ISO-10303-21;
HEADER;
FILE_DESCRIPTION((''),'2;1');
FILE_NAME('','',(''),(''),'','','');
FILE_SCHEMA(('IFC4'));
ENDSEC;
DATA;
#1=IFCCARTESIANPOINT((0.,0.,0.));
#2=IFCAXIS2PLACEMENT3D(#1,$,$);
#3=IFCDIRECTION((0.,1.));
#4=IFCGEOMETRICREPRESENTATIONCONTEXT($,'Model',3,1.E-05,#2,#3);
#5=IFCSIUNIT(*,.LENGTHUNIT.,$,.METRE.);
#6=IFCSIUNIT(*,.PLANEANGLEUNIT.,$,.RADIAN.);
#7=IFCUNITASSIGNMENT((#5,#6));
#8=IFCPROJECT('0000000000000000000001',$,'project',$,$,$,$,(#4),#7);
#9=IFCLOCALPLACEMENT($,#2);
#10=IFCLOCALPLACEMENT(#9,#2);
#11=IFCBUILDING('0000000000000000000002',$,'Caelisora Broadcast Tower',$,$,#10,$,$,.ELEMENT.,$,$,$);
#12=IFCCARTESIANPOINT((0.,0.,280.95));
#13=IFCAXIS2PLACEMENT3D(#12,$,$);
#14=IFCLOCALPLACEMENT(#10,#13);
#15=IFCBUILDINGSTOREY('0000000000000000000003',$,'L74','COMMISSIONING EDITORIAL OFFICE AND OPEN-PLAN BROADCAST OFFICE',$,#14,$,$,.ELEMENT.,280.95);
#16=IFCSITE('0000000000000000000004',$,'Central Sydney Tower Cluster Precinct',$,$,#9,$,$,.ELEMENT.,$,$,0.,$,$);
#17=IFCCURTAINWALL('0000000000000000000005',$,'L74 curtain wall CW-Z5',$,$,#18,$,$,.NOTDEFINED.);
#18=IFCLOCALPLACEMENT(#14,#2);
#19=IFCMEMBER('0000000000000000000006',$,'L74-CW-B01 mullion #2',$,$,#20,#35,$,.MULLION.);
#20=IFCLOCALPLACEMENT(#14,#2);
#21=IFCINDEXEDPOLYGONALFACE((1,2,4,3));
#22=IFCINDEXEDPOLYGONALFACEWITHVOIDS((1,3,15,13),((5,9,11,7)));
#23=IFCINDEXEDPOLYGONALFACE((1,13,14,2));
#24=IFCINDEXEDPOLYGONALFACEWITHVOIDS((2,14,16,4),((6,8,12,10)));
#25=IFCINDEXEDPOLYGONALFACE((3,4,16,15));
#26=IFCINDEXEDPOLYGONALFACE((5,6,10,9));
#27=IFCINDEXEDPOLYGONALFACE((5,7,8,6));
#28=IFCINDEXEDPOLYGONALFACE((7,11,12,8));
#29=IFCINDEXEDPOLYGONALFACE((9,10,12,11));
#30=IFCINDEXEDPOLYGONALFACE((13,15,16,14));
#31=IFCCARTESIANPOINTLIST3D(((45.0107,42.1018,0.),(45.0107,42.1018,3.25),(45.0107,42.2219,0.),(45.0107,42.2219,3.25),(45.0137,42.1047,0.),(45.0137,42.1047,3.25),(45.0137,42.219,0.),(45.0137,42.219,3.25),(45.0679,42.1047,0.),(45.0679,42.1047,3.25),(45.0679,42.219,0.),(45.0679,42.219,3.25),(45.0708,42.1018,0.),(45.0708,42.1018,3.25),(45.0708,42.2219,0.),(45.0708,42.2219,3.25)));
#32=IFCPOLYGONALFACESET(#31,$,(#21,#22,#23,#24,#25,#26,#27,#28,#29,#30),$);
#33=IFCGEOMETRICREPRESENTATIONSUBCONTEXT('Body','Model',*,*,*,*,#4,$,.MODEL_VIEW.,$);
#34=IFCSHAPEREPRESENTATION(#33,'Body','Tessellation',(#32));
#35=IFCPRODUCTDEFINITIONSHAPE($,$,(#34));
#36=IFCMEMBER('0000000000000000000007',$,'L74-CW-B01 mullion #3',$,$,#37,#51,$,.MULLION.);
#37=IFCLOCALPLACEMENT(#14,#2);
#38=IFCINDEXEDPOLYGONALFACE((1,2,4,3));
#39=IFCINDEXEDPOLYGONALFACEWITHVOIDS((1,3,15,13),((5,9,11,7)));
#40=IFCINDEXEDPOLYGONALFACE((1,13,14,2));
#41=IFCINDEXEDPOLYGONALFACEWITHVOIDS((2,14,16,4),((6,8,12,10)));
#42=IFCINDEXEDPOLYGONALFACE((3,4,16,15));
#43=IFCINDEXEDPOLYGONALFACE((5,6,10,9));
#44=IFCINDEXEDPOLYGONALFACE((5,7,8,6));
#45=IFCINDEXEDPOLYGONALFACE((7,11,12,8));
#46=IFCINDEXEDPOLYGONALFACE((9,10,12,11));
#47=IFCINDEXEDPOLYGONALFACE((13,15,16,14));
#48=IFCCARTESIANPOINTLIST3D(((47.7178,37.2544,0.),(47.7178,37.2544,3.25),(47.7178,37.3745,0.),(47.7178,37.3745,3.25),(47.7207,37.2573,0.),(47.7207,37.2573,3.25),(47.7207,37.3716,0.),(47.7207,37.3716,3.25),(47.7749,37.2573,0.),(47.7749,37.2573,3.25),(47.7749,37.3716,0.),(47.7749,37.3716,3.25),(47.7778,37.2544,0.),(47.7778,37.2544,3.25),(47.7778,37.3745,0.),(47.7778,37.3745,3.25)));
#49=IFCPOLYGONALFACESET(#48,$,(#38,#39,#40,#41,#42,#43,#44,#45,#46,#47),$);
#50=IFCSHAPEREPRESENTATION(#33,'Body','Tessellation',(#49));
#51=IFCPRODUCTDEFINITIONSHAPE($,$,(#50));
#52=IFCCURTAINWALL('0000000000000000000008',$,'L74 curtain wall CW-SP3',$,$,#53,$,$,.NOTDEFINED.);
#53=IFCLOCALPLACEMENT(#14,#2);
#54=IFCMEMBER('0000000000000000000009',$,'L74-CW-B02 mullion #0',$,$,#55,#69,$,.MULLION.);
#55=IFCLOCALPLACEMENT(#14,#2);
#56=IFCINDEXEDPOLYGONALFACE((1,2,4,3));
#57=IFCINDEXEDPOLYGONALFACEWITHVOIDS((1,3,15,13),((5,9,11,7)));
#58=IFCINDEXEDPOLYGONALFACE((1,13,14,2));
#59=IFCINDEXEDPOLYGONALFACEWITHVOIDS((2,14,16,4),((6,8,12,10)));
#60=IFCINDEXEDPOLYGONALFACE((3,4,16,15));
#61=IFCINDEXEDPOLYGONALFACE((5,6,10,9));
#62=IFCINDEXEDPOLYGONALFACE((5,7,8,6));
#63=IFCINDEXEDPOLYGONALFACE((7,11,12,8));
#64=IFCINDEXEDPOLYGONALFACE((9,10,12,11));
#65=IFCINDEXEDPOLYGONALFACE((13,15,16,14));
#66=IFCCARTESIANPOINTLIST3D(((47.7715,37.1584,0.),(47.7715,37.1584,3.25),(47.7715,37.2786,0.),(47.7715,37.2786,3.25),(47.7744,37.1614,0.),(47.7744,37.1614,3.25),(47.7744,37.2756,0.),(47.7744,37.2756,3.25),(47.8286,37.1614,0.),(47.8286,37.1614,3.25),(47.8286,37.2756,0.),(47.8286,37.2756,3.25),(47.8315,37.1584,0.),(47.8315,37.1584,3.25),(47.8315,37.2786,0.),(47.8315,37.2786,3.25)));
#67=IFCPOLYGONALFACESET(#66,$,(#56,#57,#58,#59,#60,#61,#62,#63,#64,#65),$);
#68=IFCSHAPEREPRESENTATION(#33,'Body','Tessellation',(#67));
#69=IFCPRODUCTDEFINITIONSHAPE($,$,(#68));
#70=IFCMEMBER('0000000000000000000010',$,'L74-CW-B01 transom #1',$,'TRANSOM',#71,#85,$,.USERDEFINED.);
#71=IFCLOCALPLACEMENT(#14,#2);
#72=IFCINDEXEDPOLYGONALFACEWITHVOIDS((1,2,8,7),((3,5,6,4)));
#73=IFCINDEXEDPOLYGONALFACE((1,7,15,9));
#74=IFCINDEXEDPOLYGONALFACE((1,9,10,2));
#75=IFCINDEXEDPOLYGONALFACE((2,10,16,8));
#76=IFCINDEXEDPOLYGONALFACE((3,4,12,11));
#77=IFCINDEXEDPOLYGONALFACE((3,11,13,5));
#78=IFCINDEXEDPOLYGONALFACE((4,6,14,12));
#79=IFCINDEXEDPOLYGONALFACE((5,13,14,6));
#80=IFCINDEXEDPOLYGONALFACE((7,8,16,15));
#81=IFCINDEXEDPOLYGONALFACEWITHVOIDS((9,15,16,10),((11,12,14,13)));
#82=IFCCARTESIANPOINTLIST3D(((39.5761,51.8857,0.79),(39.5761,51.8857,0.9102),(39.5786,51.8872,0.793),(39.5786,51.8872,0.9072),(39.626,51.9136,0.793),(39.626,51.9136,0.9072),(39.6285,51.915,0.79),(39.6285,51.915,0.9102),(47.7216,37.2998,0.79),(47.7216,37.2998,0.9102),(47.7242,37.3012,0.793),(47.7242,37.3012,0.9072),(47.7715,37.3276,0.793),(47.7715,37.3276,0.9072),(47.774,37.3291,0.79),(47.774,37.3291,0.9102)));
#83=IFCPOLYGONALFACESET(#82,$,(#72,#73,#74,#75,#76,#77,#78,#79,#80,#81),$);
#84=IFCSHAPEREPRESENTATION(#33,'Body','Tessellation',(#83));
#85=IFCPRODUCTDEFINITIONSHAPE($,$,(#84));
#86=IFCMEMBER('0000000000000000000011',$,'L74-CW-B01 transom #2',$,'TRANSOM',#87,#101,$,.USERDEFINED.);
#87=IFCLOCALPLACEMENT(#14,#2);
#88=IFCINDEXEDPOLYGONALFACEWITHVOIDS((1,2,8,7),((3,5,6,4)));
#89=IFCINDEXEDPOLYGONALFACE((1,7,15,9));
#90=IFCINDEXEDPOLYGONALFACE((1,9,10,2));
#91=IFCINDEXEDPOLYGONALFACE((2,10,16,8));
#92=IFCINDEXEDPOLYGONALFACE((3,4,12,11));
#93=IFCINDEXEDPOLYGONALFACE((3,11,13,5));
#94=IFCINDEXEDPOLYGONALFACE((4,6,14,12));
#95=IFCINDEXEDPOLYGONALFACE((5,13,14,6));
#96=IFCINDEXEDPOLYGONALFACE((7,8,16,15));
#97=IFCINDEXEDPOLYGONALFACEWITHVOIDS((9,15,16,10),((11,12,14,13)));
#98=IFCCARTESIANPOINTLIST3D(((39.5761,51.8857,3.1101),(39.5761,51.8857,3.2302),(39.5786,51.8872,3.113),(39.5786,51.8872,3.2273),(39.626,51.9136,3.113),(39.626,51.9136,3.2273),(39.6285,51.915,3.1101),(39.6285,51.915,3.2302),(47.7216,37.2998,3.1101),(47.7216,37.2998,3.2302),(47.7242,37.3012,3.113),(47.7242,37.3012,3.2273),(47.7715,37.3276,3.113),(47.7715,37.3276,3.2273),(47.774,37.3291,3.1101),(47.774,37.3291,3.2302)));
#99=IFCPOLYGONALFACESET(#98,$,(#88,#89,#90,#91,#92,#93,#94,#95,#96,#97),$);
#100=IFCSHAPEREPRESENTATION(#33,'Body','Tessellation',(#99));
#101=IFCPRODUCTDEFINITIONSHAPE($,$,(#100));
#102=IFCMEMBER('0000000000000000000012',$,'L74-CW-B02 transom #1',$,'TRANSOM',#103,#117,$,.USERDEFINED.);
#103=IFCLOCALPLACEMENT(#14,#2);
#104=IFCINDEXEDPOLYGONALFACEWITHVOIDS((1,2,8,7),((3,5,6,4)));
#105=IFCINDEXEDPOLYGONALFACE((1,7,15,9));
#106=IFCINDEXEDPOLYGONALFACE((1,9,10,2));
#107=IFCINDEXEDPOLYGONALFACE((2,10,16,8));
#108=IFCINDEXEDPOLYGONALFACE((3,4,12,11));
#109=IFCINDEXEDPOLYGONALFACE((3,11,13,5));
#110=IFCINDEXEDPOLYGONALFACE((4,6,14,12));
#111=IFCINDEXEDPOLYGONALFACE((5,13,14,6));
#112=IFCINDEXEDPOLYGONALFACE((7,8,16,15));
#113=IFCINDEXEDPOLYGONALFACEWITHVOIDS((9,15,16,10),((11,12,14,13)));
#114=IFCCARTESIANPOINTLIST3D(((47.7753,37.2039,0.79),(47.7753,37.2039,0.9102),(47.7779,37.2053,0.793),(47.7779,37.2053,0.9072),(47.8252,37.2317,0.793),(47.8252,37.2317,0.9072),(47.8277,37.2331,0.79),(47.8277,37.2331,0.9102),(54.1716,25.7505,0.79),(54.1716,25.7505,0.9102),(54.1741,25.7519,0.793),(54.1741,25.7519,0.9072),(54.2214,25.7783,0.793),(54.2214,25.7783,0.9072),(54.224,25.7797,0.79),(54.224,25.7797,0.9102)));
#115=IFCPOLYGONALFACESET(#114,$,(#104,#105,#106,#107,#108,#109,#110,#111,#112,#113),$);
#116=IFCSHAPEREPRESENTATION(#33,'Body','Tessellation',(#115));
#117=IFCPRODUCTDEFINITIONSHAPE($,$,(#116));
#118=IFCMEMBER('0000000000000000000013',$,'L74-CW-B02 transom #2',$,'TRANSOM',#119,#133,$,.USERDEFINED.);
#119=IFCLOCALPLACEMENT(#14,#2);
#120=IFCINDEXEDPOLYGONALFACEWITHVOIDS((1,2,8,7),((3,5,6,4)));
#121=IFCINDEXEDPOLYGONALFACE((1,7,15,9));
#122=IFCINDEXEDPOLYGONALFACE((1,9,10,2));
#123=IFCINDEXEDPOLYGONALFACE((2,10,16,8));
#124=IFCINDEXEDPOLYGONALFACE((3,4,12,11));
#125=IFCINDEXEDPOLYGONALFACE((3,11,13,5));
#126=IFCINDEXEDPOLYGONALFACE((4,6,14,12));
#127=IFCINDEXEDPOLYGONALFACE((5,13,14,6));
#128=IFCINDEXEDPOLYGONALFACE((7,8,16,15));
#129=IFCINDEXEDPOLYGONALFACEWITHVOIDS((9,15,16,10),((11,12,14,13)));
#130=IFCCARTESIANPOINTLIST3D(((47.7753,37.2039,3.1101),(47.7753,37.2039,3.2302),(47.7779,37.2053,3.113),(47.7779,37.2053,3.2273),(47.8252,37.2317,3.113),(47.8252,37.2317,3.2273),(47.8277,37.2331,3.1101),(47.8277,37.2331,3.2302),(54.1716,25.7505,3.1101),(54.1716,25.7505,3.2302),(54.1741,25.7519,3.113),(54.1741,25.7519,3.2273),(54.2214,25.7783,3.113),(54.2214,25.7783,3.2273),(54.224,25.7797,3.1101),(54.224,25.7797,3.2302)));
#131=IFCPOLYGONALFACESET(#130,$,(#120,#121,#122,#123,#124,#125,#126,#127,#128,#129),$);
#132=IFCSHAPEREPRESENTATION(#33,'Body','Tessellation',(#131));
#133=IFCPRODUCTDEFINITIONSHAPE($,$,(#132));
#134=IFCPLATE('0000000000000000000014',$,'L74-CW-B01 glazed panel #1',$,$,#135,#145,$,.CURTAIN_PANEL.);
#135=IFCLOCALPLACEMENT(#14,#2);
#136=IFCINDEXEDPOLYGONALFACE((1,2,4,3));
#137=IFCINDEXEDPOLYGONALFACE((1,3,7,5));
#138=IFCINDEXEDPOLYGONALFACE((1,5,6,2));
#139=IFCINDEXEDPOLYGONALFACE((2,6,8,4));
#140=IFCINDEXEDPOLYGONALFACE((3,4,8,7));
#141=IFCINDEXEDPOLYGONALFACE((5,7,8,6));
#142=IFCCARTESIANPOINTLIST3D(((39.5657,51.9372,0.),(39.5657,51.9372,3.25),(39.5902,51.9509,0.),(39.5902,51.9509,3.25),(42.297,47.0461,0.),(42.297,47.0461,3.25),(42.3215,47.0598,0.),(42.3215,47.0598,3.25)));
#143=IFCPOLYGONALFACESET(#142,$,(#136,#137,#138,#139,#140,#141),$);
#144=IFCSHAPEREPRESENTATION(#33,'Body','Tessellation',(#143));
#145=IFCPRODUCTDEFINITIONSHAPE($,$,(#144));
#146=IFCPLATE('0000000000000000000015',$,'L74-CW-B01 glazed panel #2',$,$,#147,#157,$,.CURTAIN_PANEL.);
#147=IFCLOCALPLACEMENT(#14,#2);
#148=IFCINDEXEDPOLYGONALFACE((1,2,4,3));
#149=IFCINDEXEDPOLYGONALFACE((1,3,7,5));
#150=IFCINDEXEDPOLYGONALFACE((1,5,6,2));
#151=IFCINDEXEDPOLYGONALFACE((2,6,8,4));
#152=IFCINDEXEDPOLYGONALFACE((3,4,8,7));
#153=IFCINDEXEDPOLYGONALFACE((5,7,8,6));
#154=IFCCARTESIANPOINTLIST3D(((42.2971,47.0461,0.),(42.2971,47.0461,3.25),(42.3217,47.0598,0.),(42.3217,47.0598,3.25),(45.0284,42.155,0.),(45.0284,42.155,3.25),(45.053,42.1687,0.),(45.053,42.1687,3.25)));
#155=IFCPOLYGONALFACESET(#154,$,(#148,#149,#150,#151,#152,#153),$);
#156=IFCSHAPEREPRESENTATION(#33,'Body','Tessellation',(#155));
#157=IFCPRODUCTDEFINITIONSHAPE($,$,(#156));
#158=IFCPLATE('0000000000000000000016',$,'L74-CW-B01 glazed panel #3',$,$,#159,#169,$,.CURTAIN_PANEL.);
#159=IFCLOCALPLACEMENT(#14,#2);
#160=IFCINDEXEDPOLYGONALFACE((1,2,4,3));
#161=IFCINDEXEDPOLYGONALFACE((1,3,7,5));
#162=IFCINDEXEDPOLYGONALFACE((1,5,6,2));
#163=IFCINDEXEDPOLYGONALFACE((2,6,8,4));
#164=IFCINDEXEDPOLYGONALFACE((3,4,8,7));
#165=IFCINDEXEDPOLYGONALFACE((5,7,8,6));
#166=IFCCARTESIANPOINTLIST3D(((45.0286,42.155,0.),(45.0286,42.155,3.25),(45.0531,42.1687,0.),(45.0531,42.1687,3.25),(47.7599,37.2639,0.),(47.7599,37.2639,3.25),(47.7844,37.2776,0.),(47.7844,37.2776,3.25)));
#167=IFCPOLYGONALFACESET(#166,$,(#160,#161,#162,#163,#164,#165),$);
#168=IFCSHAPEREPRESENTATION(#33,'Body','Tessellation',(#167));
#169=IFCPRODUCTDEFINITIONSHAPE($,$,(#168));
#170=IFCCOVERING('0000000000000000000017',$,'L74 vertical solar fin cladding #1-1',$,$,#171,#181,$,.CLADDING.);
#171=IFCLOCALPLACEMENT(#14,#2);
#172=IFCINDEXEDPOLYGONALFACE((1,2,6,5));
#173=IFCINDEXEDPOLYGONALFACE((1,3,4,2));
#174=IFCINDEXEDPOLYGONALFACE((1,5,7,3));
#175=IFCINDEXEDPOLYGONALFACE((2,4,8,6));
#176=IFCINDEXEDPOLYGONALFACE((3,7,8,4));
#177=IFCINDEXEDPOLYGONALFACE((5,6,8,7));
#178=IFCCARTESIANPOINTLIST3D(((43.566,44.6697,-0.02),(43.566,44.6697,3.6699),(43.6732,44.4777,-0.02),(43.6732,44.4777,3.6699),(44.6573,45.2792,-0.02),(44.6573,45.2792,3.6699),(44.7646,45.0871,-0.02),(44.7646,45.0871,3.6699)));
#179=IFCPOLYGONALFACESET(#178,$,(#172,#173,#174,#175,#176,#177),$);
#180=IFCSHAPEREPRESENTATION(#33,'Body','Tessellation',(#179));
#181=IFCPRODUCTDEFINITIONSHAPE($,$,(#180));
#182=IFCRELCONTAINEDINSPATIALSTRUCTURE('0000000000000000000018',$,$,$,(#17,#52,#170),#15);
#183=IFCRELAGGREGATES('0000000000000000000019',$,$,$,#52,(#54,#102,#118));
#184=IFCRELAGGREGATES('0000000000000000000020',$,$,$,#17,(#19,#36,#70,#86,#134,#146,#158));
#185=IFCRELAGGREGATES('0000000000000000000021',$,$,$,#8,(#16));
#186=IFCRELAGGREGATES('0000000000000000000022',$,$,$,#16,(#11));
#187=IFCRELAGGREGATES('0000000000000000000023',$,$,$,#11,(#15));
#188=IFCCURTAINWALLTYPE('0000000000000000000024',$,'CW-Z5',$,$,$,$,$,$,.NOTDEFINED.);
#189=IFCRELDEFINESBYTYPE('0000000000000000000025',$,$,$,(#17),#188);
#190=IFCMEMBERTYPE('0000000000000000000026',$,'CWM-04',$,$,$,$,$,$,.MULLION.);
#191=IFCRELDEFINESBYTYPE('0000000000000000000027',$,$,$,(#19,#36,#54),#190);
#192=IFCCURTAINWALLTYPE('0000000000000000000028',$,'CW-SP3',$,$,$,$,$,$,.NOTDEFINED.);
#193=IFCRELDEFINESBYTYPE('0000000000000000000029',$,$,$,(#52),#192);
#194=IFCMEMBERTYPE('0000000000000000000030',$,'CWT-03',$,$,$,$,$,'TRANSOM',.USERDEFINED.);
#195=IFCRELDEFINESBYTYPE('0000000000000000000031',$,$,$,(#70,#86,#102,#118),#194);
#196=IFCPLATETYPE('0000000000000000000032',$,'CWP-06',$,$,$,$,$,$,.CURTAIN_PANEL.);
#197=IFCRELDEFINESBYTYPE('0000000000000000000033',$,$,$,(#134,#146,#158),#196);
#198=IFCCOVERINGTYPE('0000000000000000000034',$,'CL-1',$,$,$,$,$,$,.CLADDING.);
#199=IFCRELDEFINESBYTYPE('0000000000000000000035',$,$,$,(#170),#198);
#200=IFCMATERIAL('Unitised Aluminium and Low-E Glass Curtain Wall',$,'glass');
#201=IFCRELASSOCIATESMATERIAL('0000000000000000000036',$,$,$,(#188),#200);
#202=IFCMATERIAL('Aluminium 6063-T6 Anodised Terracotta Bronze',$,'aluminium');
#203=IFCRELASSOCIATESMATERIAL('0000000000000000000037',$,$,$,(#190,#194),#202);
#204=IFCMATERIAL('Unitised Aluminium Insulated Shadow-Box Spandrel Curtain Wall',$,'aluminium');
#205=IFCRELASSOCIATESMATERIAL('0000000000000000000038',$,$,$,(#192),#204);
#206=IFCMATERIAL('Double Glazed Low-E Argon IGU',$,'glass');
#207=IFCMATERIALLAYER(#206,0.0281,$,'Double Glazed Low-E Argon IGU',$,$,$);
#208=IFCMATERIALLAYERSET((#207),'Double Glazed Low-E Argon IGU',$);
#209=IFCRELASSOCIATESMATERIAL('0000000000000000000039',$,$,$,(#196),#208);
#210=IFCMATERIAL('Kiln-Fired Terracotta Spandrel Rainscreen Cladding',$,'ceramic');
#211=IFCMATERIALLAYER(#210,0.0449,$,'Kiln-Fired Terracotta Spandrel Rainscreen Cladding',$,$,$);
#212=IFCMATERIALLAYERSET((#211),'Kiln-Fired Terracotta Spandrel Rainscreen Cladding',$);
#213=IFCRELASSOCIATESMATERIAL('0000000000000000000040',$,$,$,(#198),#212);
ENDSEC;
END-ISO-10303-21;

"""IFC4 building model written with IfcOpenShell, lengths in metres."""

from ifc_helpers import new_model, si_unit, direction, frame, origin, origin_2d, place, context, subcontext, project, spatial, rectangle, hollow_rectangle, extrude, source, transform, mapped, material, layer, layer_set, material_profile, profile_set, type_object, type_shapes, element, aggregate, save


model = new_model("IFC4")

# Units and contexts
model_context = context("Model", 3, precision=1e-05, world=origin(), true_north=direction((0.0, 1.0)))
body_context = subcontext(model_context, "Body", "Model", "MODEL_VIEW")
ifc_project = project(units=[si_unit("LENGTHUNIT", "METRE"), si_unit("PLANEANGLEUNIT", "RADIAN")], contexts=[model_context])

# Site, building, storey
site_placement = place(None, origin())
site = spatial("IfcSite", under=ifc_project, at=site_placement, Name="Central Sydney Tower Cluster Precinct", CompositionType="ELEMENT", RefElevation=0.0)
building_placement = place(site_placement, origin())
building = spatial("IfcBuilding", under=site, at=building_placement, Name="Caelisora Broadcast Tower", CompositionType="ELEMENT")
storey_placement = place(building_placement, frame((0.0, 0.0, 280.95)))
storey = spatial("IfcBuildingStorey", under=building, at=storey_placement, Name="L74", Description="COMMISSIONING EDITORIAL OFFICE AND OPEN-PLAN BROADCAST OFFICE", CompositionType="ELEMENT", Elevation=280.95)

# Curtain wall, members
ifc_material_1 = material(Name="Unitised Aluminium and Low-E Glass Curtain Wall", Category="glass")
curtain_wall_type_1 = type_object("IfcCurtainWallType", Name="CW-Z5", PredefinedType="NOTDEFINED", material=ifc_material_1)
curtain_wall_1_placement = place(storey_placement, origin())
curtain_wall_1 = element("IfcCurtainWall", 1, at=curtain_wall_1_placement, inside=storey, type_object=curtain_wall_type_1, Name="L74 curtain wall CW-Z5", PredefinedType="NOTDEFINED")
ifc_material_2 = material(Name="Aluminium 6063-T6 Anodised Terracotta Bronze", Category="aluminium")
ifc_material_profile_1 = material_profile(ifc_material_2, hollow_rectangle(XDim=0.0601, YDim=0.1201, WallThickness=0.0029, at=origin_2d()), Name="Aluminium 6063-T6 Anodised Terracotta Bronze")
ifc_profile_set_1 = profile_set([ifc_material_profile_1], Name="Aluminium 6063-T6 Anodised Terracotta Bronze")
member_type_1 = type_object("IfcMemberType", Name="CWM-04", PredefinedType="MULLION", material=ifc_profile_set_1)
shared_shape_1 = source(origin(), body_context, "Body", "SweptSolid", [
    extrude(hollow_rectangle(XDim=0.0601, YDim=0.1201, WallThickness=0.0029, at=origin_2d()), origin(), (0.0, 0.0, 1.0), 3.25),
])
type_shapes(member_type_1, [shared_shape_1])
member_1_placement = place(storey_placement, frame((45.0408, 42.1619, 0.0), z_axis=(0.0, 0.0, 1.0), x_axis=(1.0, 0.0, 0.0)))
member_1 = element("IfcMember", 2, at=member_1_placement, type_object=member_type_1, Name="L74-CW-B01 mullion #2", PredefinedType="MULLION", context=body_context, shape_type="MappedRepresentation", body=[
    mapped(shared_shape_1, transform((0.0, 0.0, 0.0), scale=1.0)),
])
member_2_placement = place(storey_placement, frame((47.7478, 37.3145, 0.0), z_axis=(0.0, 0.0, 1.0), x_axis=(1.0, 0.0, 0.0)))
member_2 = element("IfcMember", 3, at=member_2_placement, type_object=member_type_1, Name="L74-CW-B01 mullion #3", PredefinedType="MULLION", context=body_context, shape_type="MappedRepresentation", body=[
    mapped(shared_shape_1, transform((0.0, 0.0, 0.0), scale=1.0)),
])

# Curtain wall, member
ifc_material_3 = material(Name="Unitised Aluminium Insulated Shadow-Box Spandrel Curtain Wall", Category="aluminium")
curtain_wall_type_2 = type_object("IfcCurtainWallType", Name="CW-SP3", PredefinedType="NOTDEFINED", material=ifc_material_3)
curtain_wall_2_placement = place(storey_placement, origin())
curtain_wall_2 = element("IfcCurtainWall", 4, at=curtain_wall_2_placement, inside=storey, type_object=curtain_wall_type_2, Name="L74 curtain wall CW-SP3", PredefinedType="NOTDEFINED")
member_3_placement = place(storey_placement, frame((47.8015, 37.2185, 0.0), z_axis=(0.0, 0.0, 1.0), x_axis=(1.0, 0.0, 0.0)))
member_3 = element("IfcMember", 5, at=member_3_placement, type_object=member_type_1, Name="L74-CW-B02 mullion #0", PredefinedType="MULLION", context=body_context, shape_type="MappedRepresentation", body=[
    mapped(shared_shape_1, transform((0.0, 0.0, 0.0), scale=1.0)),
])

# Members
ifc_material_profile_2 = material_profile(ifc_material_2, hollow_rectangle(XDim=0.0601, YDim=0.1201, WallThickness=0.0029, at=origin_2d()), Name="Aluminium 6063-T6 Anodised Terracotta Bronze")
ifc_profile_set_2 = profile_set([ifc_material_profile_2], Name="Aluminium 6063-T6 Anodised Terracotta Bronze")
member_type_2 = type_object("IfcMemberType", Name="CWT-03", ElementType="TRANSOM", PredefinedType="USERDEFINED", material=ifc_profile_set_2)
shared_shape_2 = source(origin(), body_context, "Body", "SweptSolid", [
    extrude(hollow_rectangle(XDim=0.0601, YDim=0.1201, WallThickness=0.0029, at=origin_2d()), origin(), (0.0, 0.0, 1.0), 16.7063),
])
member_4_placement = place(storey_placement, frame((39.6023, 51.9004, 0.8501), z_axis=(0.487572, -0.873083, 0.0), x_axis=(0.873083, 0.487572, 0.0)))
member_4 = element("IfcMember", 6, at=member_4_placement, type_object=member_type_2, Name="L74-CW-B01 transom #1", ObjectType="TRANSOM", PredefinedType="USERDEFINED", context=body_context, shape_type="MappedRepresentation", body=[
    mapped(shared_shape_2, transform((0.0, 0.0, 0.0), scale=1.0)),
])
member_5_placement = place(storey_placement, frame((39.6023, 51.9004, 3.1702), z_axis=(0.487572, -0.873083, 0.0), x_axis=(0.873083, 0.487572, 0.0)))
member_5 = element("IfcMember", 7, at=member_5_placement, type_object=member_type_2, Name="L74-CW-B01 transom #2", ObjectType="TRANSOM", PredefinedType="USERDEFINED", context=body_context, shape_type="MappedRepresentation", body=[
    mapped(shared_shape_2, transform((0.0, 0.0, 0.0), scale=1.0)),
])
shared_shape_3 = source(origin(), body_context, "Body", "SweptSolid", [
    extrude(hollow_rectangle(XDim=0.0601, YDim=0.1201, WallThickness=0.0029, at=origin_2d()), origin(), (0.0, 0.0, 1.0), 13.1184),
])
type_shapes(member_type_2, [shared_shape_2, shared_shape_3])
member_6_placement = place(storey_placement, frame((47.8015, 37.2185, 0.8501), z_axis=(0.487579, -0.873079, 0.0), x_axis=(0.873079, 0.487579, 0.0)))
member_6 = element("IfcMember", 8, at=member_6_placement, type_object=member_type_2, Name="L74-CW-B02 transom #1", ObjectType="TRANSOM", PredefinedType="USERDEFINED", context=body_context, shape_type="MappedRepresentation", body=[
    mapped(shared_shape_3, transform((0.0, 0.0, 0.0), scale=1.0)),
])
member_7_placement = place(storey_placement, frame((47.8015, 37.2185, 3.1702), z_axis=(0.487579, -0.873079, 0.0), x_axis=(0.873079, 0.487579, 0.0)))
member_7 = element("IfcMember", 9, at=member_7_placement, type_object=member_type_2, Name="L74-CW-B02 transom #2", ObjectType="TRANSOM", PredefinedType="USERDEFINED", context=body_context, shape_type="MappedRepresentation", body=[
    mapped(shared_shape_3, transform((0.0, 0.0, 0.0), scale=1.0)),
])
aggregate(curtain_wall_2, [member_3, member_6, member_7])

# Plates
ifc_material_4 = material(Name="Double Glazed Low-E Argon IGU", Category="glass")
ifc_layer_1 = layer(ifc_material_4, 0.0281, Name="Double Glazed Low-E Argon IGU")
ifc_layer_set_1 = layer_set([ifc_layer_1], Name="Double Glazed Low-E Argon IGU")
plate_type = type_object("IfcPlateType", Name="CWP-06", PredefinedType="CURTAIN_PANEL", material=ifc_layer_set_1)
shared_shape_4 = source(origin(), body_context, "Body", "SweptSolid", [
    extrude(rectangle(XDim=5.6021, YDim=0.0281, at=origin_2d()), origin(), (0.0, 0.0, 1.0), 3.25),
])
type_shapes(plate_type, [shared_shape_4])
plate_1_placement = place(storey_placement, frame((40.9436, 49.4985, 0.0), z_axis=(0.0, 0.0, 1.0), x_axis=(0.487555, -0.873092, 0.0)))
plate_1 = element("IfcPlate", 10, at=plate_1_placement, type_object=plate_type, Name="L74-CW-B01 glazed panel #1", PredefinedType="CURTAIN_PANEL", context=body_context, shape_type="MappedRepresentation", body=[
    mapped(shared_shape_4, transform((0.0, 0.0, 0.0), scale=1.0)),
])
plate_2_placement = place(storey_placement, frame((43.675, 44.6074, 0.0), z_axis=(0.0, 0.0, 1.0), x_axis=(0.487555, -0.873092, 0.0)))
plate_2 = element("IfcPlate", 11, at=plate_2_placement, type_object=plate_type, Name="L74-CW-B01 glazed panel #2", PredefinedType="CURTAIN_PANEL", context=body_context, shape_type="MappedRepresentation", body=[
    mapped(shared_shape_4, transform((0.0, 0.0, 0.0), scale=1.0)),
])
plate_3_placement = place(storey_placement, frame((46.4065, 39.7163, 0.0), z_axis=(0.0, 0.0, 1.0), x_axis=(0.487555, -0.873092, 0.0)))
plate_3 = element("IfcPlate", 12, at=plate_3_placement, type_object=plate_type, Name="L74-CW-B01 glazed panel #3", PredefinedType="CURTAIN_PANEL", context=body_context, shape_type="MappedRepresentation", body=[
    mapped(shared_shape_4, transform((0.0, 0.0, 0.0), scale=1.0)),
])
aggregate(curtain_wall_1, [member_1, member_2, member_4, member_5, plate_1, plate_2, plate_3])

# Covering
ifc_material_5 = material(Name="Kiln-Fired Terracotta Spandrel Rainscreen Cladding", Category="ceramic")
ifc_layer_2 = layer(ifc_material_5, 0.0449, Name="Kiln-Fired Terracotta Spandrel Rainscreen Cladding")
ifc_layer_set_2 = layer_set([ifc_layer_2], Name="Kiln-Fired Terracotta Spandrel Rainscreen Cladding")
covering_type = type_object("IfcCoveringType", Name="CL-1", PredefinedType="CLADDING", material=ifc_layer_set_2)
shared_shape_5 = source(origin(), body_context, "Body", "SweptSolid", [
    extrude(rectangle(XDim=0.22, YDim=1.25, at=origin_2d()), origin(), (0.0, 0.0, 1.0), 3.6899),
])
type_shapes(covering_type, [shared_shape_5])
for number, where, z_axis, x_axis, name in (
    (13, (44.1653, 44.8784, -0.02), (0.0, 0.0, 1.0), (0.487555, -0.873092, 0.0), "L74 vertical solar fin cladding #1-1"),
):
    element("IfcCovering", number, at=place(storey_placement, frame(where, z_axis=z_axis, x_axis=x_axis)), inside=storey, type_object=covering_type, Name=name, PredefinedType="CLADDING", context=body_context, shape_type="MappedRepresentation", body=[
        mapped(shared_shape_5, transform((0.0, 0.0, 0.0), scale=1.0)),
    ])

save(model, "model.ifc")
